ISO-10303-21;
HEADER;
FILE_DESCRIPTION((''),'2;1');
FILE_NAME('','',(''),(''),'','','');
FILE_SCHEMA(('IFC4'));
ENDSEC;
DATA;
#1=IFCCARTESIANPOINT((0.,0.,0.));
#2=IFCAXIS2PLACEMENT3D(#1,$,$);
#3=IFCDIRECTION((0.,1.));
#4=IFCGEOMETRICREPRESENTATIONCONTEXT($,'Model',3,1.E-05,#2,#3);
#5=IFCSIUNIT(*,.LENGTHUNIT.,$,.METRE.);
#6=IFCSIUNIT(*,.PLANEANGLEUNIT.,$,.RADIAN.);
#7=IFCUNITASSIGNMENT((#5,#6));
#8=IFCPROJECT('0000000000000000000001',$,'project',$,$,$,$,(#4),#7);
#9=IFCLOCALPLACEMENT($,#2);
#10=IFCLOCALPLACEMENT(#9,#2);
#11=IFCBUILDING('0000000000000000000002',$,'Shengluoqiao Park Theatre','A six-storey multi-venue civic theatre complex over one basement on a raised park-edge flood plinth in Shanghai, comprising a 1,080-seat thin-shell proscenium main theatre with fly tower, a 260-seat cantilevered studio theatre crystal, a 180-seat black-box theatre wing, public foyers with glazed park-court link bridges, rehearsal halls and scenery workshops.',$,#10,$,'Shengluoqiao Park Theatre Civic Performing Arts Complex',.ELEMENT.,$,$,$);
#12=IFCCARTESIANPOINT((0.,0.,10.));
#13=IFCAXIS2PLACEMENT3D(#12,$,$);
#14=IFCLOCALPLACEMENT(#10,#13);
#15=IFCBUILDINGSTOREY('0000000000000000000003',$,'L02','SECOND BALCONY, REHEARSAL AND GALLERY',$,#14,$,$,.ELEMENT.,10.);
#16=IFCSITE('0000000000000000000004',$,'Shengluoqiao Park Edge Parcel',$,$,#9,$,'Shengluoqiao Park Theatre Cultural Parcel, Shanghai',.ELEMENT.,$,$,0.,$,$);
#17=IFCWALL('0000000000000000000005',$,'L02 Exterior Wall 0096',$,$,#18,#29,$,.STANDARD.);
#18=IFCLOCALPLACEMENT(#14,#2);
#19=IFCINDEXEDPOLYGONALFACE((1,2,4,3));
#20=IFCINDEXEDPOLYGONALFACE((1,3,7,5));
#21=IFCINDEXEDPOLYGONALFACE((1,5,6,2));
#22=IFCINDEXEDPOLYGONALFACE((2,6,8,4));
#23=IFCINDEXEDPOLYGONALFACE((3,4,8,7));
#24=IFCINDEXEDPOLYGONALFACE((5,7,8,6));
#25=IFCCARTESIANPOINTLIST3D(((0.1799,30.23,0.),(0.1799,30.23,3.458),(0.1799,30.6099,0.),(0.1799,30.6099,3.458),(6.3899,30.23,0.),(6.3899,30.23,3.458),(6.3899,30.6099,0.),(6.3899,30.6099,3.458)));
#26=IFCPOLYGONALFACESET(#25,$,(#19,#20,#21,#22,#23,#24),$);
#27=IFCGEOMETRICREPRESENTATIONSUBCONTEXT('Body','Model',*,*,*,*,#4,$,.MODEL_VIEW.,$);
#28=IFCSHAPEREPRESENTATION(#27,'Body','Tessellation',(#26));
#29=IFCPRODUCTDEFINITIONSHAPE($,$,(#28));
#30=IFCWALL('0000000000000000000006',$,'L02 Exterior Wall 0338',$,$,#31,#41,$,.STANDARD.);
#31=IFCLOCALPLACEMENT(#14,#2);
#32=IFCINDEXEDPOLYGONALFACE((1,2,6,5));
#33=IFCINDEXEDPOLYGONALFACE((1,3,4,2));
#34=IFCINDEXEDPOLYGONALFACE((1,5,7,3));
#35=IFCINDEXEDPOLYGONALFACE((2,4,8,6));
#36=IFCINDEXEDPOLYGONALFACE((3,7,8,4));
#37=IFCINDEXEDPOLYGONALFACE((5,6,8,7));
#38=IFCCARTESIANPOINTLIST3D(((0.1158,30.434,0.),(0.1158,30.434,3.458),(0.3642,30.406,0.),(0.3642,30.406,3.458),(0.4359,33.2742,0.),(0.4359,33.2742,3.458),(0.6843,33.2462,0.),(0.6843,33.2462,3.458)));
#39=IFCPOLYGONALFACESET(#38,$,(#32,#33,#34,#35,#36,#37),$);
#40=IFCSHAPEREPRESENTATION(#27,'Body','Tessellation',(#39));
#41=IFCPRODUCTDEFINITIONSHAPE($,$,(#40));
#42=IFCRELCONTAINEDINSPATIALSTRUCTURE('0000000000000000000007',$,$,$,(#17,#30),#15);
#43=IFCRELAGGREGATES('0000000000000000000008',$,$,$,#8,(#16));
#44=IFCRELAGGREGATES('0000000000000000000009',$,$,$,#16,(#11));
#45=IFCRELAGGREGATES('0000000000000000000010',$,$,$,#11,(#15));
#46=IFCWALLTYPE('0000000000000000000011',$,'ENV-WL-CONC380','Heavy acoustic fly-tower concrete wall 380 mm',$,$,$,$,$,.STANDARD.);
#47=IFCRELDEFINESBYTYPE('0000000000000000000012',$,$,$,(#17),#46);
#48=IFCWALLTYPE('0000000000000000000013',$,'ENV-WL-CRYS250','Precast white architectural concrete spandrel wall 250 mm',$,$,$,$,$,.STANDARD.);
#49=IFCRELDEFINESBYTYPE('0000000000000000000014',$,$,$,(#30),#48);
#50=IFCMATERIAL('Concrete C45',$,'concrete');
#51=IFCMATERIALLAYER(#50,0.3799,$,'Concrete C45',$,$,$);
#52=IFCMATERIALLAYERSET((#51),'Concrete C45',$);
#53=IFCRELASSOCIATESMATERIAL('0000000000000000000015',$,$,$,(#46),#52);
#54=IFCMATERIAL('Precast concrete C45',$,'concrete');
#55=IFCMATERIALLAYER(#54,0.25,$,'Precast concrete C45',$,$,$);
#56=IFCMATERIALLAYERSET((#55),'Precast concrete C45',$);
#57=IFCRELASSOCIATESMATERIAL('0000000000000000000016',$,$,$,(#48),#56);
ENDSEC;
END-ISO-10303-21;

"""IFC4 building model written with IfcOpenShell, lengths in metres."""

from ifc_helpers import new_model, si_unit, direction, frame, frame_2d, origin, place, context, subcontext, project, spatial, rectangle, extrude, material, layer, layer_set, type_object, element, save


model = new_model("IFC4")

# Units and contexts
model_context = context("Model", 3, precision=1e-05, world=origin(), true_north=direction((0.0, 1.0)))
body_context = subcontext(model_context, "Body", "Model", "MODEL_VIEW")
ifc_project = project(units=[si_unit("LENGTHUNIT", "METRE"), si_unit("PLANEANGLEUNIT", "RADIAN")], contexts=[model_context])

# Site, building, storey
site_placement = place(None, origin())
site = spatial("IfcSite", under=ifc_project, at=site_placement, Name="Shengluoqiao Park Edge Parcel", LongName="Shengluoqiao Park Theatre Cultural Parcel, Shanghai", CompositionType="ELEMENT", RefElevation=0.0)
building_placement = place(site_placement, origin())
building = spatial("IfcBuilding", under=site, at=building_placement, Name="Shengluoqiao Park Theatre", Description="A six-storey multi-venue civic theatre complex over one basement on a raised park-edge flood plinth in Shanghai, comprising a 1,080-seat thin-shell proscenium main theatre with fly tower, a 260-seat cantilevered studio theatre crystal, a 180-seat black-box theatre wing, public foyers with glazed park-court link bridges, rehearsal halls and scenery workshops.", LongName="Shengluoqiao Park Theatre Civic Performing Arts Complex", CompositionType="ELEMENT")
storey_placement = place(building_placement, frame((0.0, 0.0, 10.0)))
storey = spatial("IfcBuildingStorey", under=building, at=storey_placement, Name="L02", Description="SECOND BALCONY, REHEARSAL AND GALLERY", CompositionType="ELEMENT", Elevation=10.0)

# Shared definitions
ifc_material_1 = material(Name="Precast concrete C45", Category="concrete")

# Walls
ifc_material_2 = material(Name="Concrete C45", Category="concrete")
ifc_layer_1 = layer(ifc_material_2, 0.3799, Name="Concrete C45")
ifc_layer_set_1 = layer_set([ifc_layer_1], Name="Concrete C45")
wall_type_1 = type_object("IfcWallType", Name="ENV-WL-CONC380", Description="Heavy acoustic fly-tower concrete wall 380 mm", PredefinedType="STANDARD", material=ifc_layer_set_1)
wall_1_placement = place(storey_placement, frame((0.1799, 30.4199, 0.0), z_axis=(0.0, 0.0, 1.0), x_axis=(1.0, 0.0, 0.0)))
element("IfcWall", 1, at=wall_1_placement, inside=storey, type_object=wall_type_1, Name="L02 Exterior Wall 0096", PredefinedType="STANDARD", context=body_context, shape_type="SweptSolid", body=[
    extrude(rectangle(XDim=6.21, YDim=0.3799, at=frame_2d((3.105, 0.0))), origin(), (0.0, 0.0, 1.0), 3.458),
])
ifc_layer_2 = layer(ifc_material_1, 0.25, Name="Precast concrete C45")
ifc_layer_set_2 = layer_set([ifc_layer_2], Name="Precast concrete C45")
wall_type_2 = type_object("IfcWallType", Name="ENV-WL-CRYS250", Description="Precast white architectural concrete spandrel wall 250 mm", PredefinedType="STANDARD", material=ifc_layer_set_2)
wall_2_placement = place(storey_placement, frame((0.24, 30.4199, 0.0), z_axis=(0.0, 0.0, 1.0), x_axis=(0.111988, 0.99371, 0.0)))
element("IfcWall", 2, at=wall_2_placement, inside=storey, type_object=wall_type_2, Name="L02 Exterior Wall 0338", PredefinedType="STANDARD", context=body_context, shape_type="SweptSolid", body=[
    extrude(rectangle(XDim=2.8582, YDim=0.25, at=frame_2d((1.4292, 0.0))), origin(), (0.0, 0.0, 1.0), 3.458),
])

save(model, "model.ifc")
